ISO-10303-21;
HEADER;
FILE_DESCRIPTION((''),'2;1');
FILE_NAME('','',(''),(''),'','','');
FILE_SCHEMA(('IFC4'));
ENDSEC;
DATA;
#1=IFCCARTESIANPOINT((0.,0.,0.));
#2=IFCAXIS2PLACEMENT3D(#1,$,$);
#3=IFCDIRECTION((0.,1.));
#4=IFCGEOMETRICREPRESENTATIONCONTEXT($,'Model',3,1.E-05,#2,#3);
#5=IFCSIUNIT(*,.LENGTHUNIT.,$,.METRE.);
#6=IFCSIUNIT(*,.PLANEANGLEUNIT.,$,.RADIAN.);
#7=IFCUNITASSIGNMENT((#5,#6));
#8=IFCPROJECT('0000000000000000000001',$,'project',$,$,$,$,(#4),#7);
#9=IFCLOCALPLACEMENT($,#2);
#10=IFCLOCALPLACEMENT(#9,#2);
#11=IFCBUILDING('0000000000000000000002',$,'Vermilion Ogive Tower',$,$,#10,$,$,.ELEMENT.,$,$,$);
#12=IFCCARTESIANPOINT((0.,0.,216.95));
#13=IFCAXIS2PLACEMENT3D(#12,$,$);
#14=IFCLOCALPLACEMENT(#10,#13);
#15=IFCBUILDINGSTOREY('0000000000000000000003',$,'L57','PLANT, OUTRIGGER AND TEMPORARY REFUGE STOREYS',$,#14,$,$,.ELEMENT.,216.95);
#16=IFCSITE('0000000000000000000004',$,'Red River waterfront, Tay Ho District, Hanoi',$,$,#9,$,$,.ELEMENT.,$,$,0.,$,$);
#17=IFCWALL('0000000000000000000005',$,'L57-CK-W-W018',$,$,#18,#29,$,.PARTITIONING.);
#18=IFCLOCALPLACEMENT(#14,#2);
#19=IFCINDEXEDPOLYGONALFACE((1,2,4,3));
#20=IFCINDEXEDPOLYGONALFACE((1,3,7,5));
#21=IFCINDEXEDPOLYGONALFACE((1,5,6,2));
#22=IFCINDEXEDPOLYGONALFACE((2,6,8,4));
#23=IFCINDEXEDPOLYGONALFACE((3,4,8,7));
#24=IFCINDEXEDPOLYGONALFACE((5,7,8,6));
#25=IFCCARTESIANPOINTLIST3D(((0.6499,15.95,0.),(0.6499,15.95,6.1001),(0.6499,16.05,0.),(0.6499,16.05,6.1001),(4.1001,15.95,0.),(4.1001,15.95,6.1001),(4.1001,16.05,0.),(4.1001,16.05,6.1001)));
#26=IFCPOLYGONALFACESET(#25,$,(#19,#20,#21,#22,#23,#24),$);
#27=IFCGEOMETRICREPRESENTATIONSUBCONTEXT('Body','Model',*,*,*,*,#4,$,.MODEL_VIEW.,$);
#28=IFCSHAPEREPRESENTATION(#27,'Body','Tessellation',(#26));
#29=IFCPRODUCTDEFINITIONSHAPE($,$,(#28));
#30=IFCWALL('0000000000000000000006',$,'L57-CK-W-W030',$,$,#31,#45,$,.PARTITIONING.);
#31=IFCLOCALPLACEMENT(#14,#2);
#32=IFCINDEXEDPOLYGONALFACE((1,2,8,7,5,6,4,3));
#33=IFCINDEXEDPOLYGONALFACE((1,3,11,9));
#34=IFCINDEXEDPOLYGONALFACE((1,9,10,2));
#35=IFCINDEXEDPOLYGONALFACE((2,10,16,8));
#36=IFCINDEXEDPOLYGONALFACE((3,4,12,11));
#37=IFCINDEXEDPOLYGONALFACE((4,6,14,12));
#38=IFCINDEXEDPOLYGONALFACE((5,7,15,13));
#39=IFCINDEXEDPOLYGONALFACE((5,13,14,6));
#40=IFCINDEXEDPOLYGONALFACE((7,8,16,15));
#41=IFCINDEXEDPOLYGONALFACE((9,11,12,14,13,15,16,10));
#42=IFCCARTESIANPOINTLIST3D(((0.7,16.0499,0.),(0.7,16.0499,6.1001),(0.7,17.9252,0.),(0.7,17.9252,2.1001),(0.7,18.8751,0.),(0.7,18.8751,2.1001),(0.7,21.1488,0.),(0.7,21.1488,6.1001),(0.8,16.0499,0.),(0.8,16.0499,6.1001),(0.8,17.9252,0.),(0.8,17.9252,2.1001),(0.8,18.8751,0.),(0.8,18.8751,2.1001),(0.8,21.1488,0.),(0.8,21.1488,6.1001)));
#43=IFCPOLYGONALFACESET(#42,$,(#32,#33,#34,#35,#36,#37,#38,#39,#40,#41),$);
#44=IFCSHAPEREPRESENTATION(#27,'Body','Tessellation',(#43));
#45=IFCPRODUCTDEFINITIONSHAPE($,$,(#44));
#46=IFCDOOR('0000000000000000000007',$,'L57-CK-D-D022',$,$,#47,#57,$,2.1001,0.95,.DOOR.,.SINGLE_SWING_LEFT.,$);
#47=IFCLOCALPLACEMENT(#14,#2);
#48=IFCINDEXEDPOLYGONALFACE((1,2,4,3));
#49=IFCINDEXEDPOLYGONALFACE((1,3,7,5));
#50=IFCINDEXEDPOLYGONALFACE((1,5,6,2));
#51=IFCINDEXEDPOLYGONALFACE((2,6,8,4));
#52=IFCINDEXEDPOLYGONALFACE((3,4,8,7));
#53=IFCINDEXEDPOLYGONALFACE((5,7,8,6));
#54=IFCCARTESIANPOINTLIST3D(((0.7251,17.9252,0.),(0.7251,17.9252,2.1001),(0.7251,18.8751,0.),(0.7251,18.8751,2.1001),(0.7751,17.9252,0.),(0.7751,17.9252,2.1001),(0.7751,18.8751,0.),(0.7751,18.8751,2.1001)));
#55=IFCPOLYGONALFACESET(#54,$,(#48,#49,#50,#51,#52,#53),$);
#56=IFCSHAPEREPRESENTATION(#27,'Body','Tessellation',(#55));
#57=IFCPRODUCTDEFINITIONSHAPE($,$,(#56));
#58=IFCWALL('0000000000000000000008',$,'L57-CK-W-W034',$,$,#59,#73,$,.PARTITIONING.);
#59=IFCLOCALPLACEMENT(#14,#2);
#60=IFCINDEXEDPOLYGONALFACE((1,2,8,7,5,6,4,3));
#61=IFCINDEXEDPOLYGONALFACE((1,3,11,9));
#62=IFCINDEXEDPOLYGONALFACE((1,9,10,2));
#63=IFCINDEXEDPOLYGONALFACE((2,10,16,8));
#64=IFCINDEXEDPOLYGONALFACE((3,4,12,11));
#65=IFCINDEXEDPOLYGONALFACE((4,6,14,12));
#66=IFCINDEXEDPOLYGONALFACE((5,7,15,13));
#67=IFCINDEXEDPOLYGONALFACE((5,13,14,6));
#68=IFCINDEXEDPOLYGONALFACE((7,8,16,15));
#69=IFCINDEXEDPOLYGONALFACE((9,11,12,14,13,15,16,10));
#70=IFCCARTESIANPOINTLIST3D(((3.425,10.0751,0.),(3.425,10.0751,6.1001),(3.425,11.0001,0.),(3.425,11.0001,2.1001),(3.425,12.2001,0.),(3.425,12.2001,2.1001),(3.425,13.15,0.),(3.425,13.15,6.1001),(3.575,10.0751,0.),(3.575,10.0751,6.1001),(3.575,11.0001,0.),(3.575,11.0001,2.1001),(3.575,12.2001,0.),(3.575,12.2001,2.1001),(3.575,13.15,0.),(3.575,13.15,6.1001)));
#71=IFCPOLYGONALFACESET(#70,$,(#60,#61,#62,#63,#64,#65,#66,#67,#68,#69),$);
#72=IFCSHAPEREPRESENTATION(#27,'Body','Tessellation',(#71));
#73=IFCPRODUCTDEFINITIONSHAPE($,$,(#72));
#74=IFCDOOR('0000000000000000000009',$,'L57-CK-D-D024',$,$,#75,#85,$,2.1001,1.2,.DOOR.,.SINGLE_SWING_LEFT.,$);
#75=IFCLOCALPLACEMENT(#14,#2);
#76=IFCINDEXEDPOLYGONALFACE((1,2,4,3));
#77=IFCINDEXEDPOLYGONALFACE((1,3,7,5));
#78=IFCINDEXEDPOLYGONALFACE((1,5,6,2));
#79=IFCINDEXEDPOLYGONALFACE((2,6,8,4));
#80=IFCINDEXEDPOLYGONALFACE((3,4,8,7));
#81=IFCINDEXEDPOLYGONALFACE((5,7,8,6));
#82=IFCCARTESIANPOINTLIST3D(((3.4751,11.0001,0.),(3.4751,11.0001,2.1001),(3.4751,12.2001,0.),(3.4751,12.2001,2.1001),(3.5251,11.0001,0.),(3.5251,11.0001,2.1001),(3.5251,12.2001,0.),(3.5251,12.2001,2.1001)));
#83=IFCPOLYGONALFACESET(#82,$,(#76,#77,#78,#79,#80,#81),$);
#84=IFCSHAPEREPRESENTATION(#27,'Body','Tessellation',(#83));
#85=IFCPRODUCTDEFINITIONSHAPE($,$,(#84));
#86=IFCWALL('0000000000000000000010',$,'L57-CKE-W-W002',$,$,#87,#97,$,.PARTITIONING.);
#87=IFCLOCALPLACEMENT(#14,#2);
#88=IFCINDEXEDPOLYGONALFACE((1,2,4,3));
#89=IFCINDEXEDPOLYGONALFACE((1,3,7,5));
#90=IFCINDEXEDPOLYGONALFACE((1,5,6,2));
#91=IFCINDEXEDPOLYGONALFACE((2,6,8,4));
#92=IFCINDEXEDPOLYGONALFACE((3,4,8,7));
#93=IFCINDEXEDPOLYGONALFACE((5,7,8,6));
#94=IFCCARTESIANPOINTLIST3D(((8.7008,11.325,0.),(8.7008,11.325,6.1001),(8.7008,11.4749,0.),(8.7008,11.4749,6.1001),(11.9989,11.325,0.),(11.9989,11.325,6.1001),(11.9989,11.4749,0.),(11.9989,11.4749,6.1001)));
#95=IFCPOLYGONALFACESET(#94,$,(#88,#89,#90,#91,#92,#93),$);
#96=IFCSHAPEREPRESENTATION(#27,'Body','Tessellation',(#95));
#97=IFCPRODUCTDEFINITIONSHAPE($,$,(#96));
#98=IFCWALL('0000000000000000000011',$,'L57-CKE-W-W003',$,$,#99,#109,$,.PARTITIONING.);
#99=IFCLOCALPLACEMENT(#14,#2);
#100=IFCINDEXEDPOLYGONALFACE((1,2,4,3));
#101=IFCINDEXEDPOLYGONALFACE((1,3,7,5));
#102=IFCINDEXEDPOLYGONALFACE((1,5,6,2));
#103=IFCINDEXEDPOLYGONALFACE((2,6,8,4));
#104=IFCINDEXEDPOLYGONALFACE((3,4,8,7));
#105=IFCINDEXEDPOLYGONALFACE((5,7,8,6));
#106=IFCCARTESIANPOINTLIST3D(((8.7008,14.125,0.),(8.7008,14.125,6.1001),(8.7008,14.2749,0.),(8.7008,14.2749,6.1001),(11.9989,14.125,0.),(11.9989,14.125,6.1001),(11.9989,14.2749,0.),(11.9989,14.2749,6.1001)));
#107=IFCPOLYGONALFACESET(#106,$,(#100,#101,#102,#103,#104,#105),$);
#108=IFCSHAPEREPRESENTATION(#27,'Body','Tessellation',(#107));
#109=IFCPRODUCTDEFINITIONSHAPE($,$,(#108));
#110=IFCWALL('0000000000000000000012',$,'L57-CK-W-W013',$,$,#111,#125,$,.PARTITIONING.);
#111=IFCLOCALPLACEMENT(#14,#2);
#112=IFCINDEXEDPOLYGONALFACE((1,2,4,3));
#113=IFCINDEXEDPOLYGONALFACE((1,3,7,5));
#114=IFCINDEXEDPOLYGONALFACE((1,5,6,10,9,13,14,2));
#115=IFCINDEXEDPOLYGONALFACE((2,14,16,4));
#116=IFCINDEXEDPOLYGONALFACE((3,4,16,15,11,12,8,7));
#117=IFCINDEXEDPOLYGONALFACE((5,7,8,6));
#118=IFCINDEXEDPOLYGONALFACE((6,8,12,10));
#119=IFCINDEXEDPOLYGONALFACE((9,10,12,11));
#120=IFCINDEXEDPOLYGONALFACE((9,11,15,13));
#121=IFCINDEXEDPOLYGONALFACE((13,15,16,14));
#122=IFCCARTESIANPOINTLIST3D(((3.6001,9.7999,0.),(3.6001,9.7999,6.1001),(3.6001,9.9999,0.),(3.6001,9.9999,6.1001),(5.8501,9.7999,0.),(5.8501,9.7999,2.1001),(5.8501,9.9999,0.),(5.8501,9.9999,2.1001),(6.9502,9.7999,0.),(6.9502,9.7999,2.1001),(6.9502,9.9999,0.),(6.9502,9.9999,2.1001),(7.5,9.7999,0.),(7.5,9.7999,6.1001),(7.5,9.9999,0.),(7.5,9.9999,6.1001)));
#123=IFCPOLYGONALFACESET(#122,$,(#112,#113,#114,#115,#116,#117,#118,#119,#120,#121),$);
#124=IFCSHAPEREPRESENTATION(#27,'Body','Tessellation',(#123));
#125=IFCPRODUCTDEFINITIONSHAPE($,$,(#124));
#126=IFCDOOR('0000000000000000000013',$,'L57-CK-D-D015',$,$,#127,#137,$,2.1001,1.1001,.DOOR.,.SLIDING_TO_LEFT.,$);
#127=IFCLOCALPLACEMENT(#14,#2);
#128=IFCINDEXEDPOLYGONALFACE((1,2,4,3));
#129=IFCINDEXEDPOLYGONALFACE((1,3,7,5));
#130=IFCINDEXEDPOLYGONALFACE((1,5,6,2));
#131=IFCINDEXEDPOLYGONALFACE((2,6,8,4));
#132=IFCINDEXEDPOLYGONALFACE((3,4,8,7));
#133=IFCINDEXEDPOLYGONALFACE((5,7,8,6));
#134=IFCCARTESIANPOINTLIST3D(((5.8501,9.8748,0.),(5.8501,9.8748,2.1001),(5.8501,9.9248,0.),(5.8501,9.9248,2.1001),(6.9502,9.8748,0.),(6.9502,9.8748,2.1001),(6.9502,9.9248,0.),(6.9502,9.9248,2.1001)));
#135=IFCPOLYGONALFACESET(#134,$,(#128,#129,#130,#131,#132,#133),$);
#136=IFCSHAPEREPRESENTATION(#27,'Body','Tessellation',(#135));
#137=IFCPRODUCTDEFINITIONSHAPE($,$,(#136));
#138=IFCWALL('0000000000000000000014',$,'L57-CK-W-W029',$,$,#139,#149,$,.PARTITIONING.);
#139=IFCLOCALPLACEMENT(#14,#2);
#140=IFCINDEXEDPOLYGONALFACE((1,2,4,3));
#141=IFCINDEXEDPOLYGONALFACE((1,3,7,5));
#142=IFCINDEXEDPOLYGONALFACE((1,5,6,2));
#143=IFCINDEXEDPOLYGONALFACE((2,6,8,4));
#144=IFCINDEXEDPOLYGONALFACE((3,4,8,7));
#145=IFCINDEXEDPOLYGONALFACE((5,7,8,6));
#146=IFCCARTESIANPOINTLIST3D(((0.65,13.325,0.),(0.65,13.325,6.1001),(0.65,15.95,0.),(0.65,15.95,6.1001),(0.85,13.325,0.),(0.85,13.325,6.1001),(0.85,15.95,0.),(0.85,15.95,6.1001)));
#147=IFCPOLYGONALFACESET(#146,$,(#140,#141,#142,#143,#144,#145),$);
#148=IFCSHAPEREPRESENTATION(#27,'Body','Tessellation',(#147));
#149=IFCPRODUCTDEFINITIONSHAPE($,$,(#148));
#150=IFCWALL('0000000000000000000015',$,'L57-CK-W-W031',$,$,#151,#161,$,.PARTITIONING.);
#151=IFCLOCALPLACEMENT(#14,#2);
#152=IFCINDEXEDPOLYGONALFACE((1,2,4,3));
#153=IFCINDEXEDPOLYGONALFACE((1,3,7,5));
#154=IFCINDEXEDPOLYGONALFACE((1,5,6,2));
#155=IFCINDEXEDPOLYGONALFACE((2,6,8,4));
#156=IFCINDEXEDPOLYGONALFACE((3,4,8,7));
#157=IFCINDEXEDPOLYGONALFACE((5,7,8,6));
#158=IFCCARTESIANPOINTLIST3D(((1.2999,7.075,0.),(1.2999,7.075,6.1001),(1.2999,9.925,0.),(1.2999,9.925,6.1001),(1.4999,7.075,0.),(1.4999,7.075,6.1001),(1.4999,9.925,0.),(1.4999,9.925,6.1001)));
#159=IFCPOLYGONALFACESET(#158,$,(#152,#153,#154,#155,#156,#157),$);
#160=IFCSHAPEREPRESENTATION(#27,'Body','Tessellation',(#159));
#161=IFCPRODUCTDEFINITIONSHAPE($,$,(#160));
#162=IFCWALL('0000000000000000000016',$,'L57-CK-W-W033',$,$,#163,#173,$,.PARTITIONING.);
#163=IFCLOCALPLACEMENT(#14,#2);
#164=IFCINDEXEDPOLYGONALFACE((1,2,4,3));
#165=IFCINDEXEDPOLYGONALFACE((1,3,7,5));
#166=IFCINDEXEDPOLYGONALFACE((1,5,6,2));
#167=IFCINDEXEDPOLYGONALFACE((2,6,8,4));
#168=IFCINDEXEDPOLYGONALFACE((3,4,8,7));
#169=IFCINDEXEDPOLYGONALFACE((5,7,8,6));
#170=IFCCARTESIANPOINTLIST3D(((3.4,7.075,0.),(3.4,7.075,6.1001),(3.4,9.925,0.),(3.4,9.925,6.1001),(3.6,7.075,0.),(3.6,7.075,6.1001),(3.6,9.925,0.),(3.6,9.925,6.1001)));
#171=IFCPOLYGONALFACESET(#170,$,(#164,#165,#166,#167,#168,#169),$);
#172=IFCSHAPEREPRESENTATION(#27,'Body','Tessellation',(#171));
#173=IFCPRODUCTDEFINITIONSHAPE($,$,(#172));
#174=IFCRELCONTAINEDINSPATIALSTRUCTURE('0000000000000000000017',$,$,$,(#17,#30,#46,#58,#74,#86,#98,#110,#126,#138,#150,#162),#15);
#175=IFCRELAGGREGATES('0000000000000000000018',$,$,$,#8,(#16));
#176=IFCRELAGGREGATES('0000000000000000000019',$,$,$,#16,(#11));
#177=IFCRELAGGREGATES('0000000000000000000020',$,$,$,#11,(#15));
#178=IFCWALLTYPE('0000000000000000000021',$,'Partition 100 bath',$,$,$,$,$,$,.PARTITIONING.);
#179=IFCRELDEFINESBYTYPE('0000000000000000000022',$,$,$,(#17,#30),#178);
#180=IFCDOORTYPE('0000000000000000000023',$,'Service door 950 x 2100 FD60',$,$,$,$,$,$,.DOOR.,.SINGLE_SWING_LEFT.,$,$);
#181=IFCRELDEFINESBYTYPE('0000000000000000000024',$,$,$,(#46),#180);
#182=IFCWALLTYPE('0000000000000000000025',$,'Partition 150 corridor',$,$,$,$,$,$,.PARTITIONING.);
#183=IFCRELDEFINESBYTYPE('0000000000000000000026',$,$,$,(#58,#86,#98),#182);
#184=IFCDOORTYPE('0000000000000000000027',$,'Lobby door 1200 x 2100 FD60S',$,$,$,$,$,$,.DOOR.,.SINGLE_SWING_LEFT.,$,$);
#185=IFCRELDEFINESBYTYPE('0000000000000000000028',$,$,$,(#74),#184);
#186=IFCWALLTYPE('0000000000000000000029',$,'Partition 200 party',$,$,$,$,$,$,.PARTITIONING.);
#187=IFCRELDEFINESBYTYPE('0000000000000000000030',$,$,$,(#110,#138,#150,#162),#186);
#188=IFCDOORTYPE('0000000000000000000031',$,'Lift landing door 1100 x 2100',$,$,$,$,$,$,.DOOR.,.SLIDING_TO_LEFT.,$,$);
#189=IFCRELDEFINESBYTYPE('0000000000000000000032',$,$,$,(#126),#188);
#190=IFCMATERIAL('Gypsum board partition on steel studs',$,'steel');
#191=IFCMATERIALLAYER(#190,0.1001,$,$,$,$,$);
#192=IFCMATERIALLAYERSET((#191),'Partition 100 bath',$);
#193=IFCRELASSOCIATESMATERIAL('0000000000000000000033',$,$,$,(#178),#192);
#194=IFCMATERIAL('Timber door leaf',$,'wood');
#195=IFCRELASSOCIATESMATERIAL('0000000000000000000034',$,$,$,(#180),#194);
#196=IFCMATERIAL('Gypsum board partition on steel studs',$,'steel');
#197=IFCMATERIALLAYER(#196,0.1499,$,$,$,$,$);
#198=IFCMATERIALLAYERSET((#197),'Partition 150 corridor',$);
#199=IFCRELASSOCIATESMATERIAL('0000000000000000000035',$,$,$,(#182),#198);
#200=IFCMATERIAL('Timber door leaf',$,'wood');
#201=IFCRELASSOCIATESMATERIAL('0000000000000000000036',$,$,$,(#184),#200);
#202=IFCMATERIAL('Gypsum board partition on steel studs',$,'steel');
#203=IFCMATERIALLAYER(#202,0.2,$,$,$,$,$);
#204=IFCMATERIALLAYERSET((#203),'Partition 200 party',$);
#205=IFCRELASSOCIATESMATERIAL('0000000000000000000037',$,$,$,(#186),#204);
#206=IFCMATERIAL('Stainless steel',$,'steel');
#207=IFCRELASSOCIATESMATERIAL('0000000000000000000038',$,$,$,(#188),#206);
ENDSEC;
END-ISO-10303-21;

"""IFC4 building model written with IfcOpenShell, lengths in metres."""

from ifc_helpers import new_model, si_unit, direction, frame, frame_2d, origin, place, context, subcontext, project, spatial, rectangle, extrude, material, layer, layer_set, type_object, element, fill, save


model = new_model("IFC4")

# Units and contexts
model_context = context("Model", 3, precision=1e-05, world=origin(), true_north=direction((0.0, 1.0)))
body_context = subcontext(model_context, "Body", "Model", "MODEL_VIEW")
ifc_project = project(units=[si_unit("LENGTHUNIT", "METRE"), si_unit("PLANEANGLEUNIT", "RADIAN")], contexts=[model_context])

# Site, building, storey
site_placement = place(None, origin())
site = spatial("IfcSite", under=ifc_project, at=site_placement, Name="Red River waterfront, Tay Ho District, Hanoi", CompositionType="ELEMENT", RefElevation=0.0)
building_placement = place(site_placement, origin())
building = spatial("IfcBuilding", under=site, at=building_placement, Name="Vermilion Ogive Tower", CompositionType="ELEMENT")
storey_placement = place(building_placement, frame((0.0, 0.0, 216.95)))
storey = spatial("IfcBuildingStorey", under=building, at=storey_placement, Name="L57", Description="PLANT, OUTRIGGER AND TEMPORARY REFUGE STOREYS", CompositionType="ELEMENT", Elevation=216.95)

# Wall
ifc_material_1 = material(Name="Gypsum board partition on steel studs", Category="steel")
ifc_layer_1 = layer(ifc_material_1, 0.1001)
ifc_layer_set_1 = layer_set([ifc_layer_1], Name="Partition 100 bath")
wall_type_1 = type_object("IfcWallType", Name="Partition 100 bath", PredefinedType="PARTITIONING", material=ifc_layer_set_1)
wall_1_placement = place(storey_placement, frame((0.6499, 16.0, 0.0), z_axis=(0.0, 0.0, 1.0), x_axis=(1.0, 0.0, 0.0)))
element("IfcWall", 1, at=wall_1_placement, inside=storey, type_object=wall_type_1, Name="L57-CK-W-W018", PredefinedType="PARTITIONING", context=body_context, shape_type="SweptSolid", body=[
    extrude(rectangle(XDim=3.4502, YDim=0.1001, at=frame_2d((1.7251, 0.0))), origin(), (0.0, 0.0, 1.0), 6.1001),
])

# Walls, openings, doors
wall_2_placement = place(storey_placement, frame((0.75, 16.05, 0.0), z_axis=(0.0, 0.0, 1.0), x_axis=(0.0, 1.0, 0.0)))
wall_2 = element("IfcWall", 2, at=wall_2_placement, inside=storey, type_object=wall_type_1, Name="L57-CK-W-W030", PredefinedType="PARTITIONING", context=body_context, shape_type="SweptSolid", body=[
    extrude(rectangle(XDim=5.0989, YDim=0.1001, at=frame_2d((2.5493, 0.0))), origin(), (0.0, 0.0, 1.0), 6.1001),
])
opening_1_placement = place(wall_2_placement, frame((1.875, 0.0, 0.0)))
opening_1 = element("IfcOpeningElement", 3, at=opening_1_placement, cuts=wall_2, PredefinedType="OPENING", context=body_context, shape_type="SweptSolid", body=[
    extrude(rectangle(XDim=0.95, YDim=2.1001, at=frame_2d((0.4751, 1.05))), frame((0.0, 0.0601, 0.0), z_axis=(0.0, -1.0, 0.0), x_axis=(1.0, 0.0, 0.0)), (0.0, 0.0, 1.0), 0.1201),
])
ifc_material_2 = material(Name="Timber door leaf", Category="wood")
door_type_1 = type_object("IfcDoorType", Name="Service door 950 x 2100 FD60", OperationType="SINGLE_SWING_LEFT", PredefinedType="DOOR", material=ifc_material_2)
door_1_placement = place(opening_1_placement, origin())
door_1 = element("IfcDoor", 4, at=door_1_placement, inside=storey, type_object=door_type_1, Name="L57-CK-D-D022", OperationType="SINGLE_SWING_LEFT", OverallHeight=2.1001, OverallWidth=0.95, PredefinedType="DOOR", context=body_context, shape_type="SweptSolid", body=[
    extrude(rectangle(XDim=0.95, YDim=2.1001, at=frame_2d((0.4751, 1.05))), frame((0.0, 0.0249, 0.0), z_axis=(0.0, -1.0, 0.0), x_axis=(1.0, 0.0, 0.0)), (0.0, 0.0, 1.0), 0.05),
])
fill(opening_1, door_1)
ifc_material_3 = material(Name="Gypsum board partition on steel studs", Category="steel")
ifc_layer_2 = layer(ifc_material_3, 0.1499)
ifc_layer_set_2 = layer_set([ifc_layer_2], Name="Partition 150 corridor")
wall_type_2 = type_object("IfcWallType", Name="Partition 150 corridor", PredefinedType="PARTITIONING", material=ifc_layer_set_2)
wall_3_placement = place(storey_placement, frame((3.5, 10.075, 0.0), z_axis=(0.0, 0.0, 1.0), x_axis=(0.0, 1.0, 0.0)))
wall_3 = element("IfcWall", 5, at=wall_3_placement, inside=storey, type_object=wall_type_2, Name="L57-CK-W-W034", PredefinedType="PARTITIONING", context=body_context, shape_type="SweptSolid", body=[
    extrude(rectangle(XDim=3.075, YDim=0.1499, at=frame_2d((1.5376, 0.0))), origin(), (0.0, 0.0, 1.0), 6.1001),
])
opening_2_placement = place(wall_3_placement, frame((0.925, 0.0, 0.0)))
opening_2 = element("IfcOpeningElement", 6, at=opening_2_placement, cuts=wall_3, PredefinedType="OPENING", context=body_context, shape_type="SweptSolid", body=[
    extrude(rectangle(XDim=1.2, YDim=2.1001, at=frame_2d((0.6001, 1.05))), frame((0.0, 0.085, 0.0), z_axis=(0.0, -1.0, 0.0), x_axis=(1.0, 0.0, 0.0)), (0.0, 0.0, 1.0), 0.1699),
])
ifc_material_4 = material(Name="Timber door leaf", Category="wood")
door_type_2 = type_object("IfcDoorType", Name="Lobby door 1200 x 2100 FD60S", OperationType="SINGLE_SWING_LEFT", PredefinedType="DOOR", material=ifc_material_4)
door_2_placement = place(opening_2_placement, origin())
door_2 = element("IfcDoor", 7, at=door_2_placement, inside=storey, type_object=door_type_2, Name="L57-CK-D-D024", OperationType="SINGLE_SWING_LEFT", OverallHeight=2.1001, OverallWidth=1.2, PredefinedType="DOOR", context=body_context, shape_type="SweptSolid", body=[
    extrude(rectangle(XDim=1.2, YDim=2.1001, at=frame_2d((0.6001, 1.05))), frame((0.0, 0.0249, 0.0), z_axis=(0.0, -1.0, 0.0), x_axis=(1.0, 0.0, 0.0)), (0.0, 0.0, 1.0), 0.05),
])
fill(opening_2, door_2)

# Walls
for number, where, z_axis, x_axis, name in (
    (8, (8.7009, 11.3999, 0.0), (0.0, 0.0, 1.0), (1.0, 0.0, 0.0), "L57-CKE-W-W002"),
    (9, (8.7009, 14.2, 0.0), (0.0, 0.0, 1.0), (1.0, 0.0, 0.0), "L57-CKE-W-W003"),
):
    element("IfcWall", number, at=place(storey_placement, frame(where, z_axis=z_axis, x_axis=x_axis)), inside=storey, type_object=wall_type_2, Name=name, PredefinedType="PARTITIONING", context=body_context, shape_type="SweptSolid", body=[
        extrude(rectangle(XDim=3.2981, YDim=0.1499, at=frame_2d((1.6489, 0.0))), origin(), (0.0, 0.0, 1.0), 6.1001),
    ])

# Wall, opening, door
ifc_material_5 = material(Name="Gypsum board partition on steel studs", Category="steel")
ifc_layer_3 = layer(ifc_material_5, 0.2)
ifc_layer_set_3 = layer_set([ifc_layer_3], Name="Partition 200 party")
wall_type_3 = type_object("IfcWallType", Name="Partition 200 party", PredefinedType="PARTITIONING", material=ifc_layer_set_3)
wall_4_placement = place(storey_placement, frame((3.6001, 9.8999, 0.0), z_axis=(0.0, 0.0, 1.0), x_axis=(1.0, 0.0, 0.0)))
wall_4 = element("IfcWall", 10, at=wall_4_placement, inside=storey, type_object=wall_type_3, Name="L57-CK-W-W013", PredefinedType="PARTITIONING", context=body_context, shape_type="SweptSolid", body=[
    extrude(rectangle(XDim=3.8999, YDim=0.2, at=frame_2d((1.95, 0.0))), origin(), (0.0, 0.0, 1.0), 6.1001),
])
opening_3_placement = place(wall_4_placement, frame((2.25, 0.0, 0.0)))
opening_3 = element("IfcOpeningElement", 11, at=opening_3_placement, cuts=wall_4, PredefinedType="OPENING", context=body_context, shape_type="SweptSolid", body=[
    extrude(rectangle(XDim=1.1001, YDim=2.1001, at=frame_2d((0.55, 1.05))), frame((0.0, 0.1099, 0.0), z_axis=(0.0, -1.0, 0.0), x_axis=(1.0, 0.0, 0.0)), (0.0, 0.0, 1.0), 0.22),
])
ifc_material_6 = material(Name="Stainless steel", Category="steel")
door_type_3 = type_object("IfcDoorType", Name="Lift landing door 1100 x 2100", OperationType="SLIDING_TO_LEFT", PredefinedType="DOOR", material=ifc_material_6)
door_3_placement = place(opening_3_placement, origin())
door_3 = element("IfcDoor", 12, at=door_3_placement, inside=storey, type_object=door_type_3, Name="L57-CK-D-D015", OperationType="SLIDING_TO_LEFT", OverallHeight=2.1001, OverallWidth=1.1001, PredefinedType="DOOR", context=body_context, shape_type="SweptSolid", body=[
    extrude(rectangle(XDim=1.1001, YDim=2.1001, at=frame_2d((0.55, 1.05))), frame((0.0, 0.0249, 0.0), z_axis=(0.0, -1.0, 0.0), x_axis=(1.0, 0.0, 0.0)), (0.0, 0.0, 1.0), 0.05),
])
fill(opening_3, door_3)

# Walls
wall_5_placement = place(storey_placement, frame((0.75, 13.325, 0.0), z_axis=(0.0, 0.0, 1.0), x_axis=(0.0, 1.0, 0.0)))
element("IfcWall", 13, at=wall_5_placement, inside=storey, type_object=wall_type_3, Name="L57-CK-W-W029", PredefinedType="PARTITIONING", context=body_context, shape_type="SweptSolid", body=[
    extrude(rectangle(XDim=2.625, YDim=0.2, at=frame_2d((1.3125, 0.0))), origin(), (0.0, 0.0, 1.0), 6.1001),
])
for number, where, z_axis, x_axis, name in (
    (14, (1.3999, 7.075, 0.0), (0.0, 0.0, 1.0), (0.0, 1.0, 0.0), "L57-CK-W-W031"),
    (15, (3.5, 7.075, 0.0), (0.0, 0.0, 1.0), (0.0, 1.0, 0.0), "L57-CK-W-W033"),
):
    element("IfcWall", number, at=place(storey_placement, frame(where, z_axis=z_axis, x_axis=x_axis)), inside=storey, type_object=wall_type_3, Name=name, PredefinedType="PARTITIONING", context=body_context, shape_type="SweptSolid", body=[
        extrude(rectangle(XDim=2.8501, YDim=0.2, at=frame_2d((1.425, 0.0))), origin(), (0.0, 0.0, 1.0), 6.1001),
    ])

save(model, "model.ifc")
